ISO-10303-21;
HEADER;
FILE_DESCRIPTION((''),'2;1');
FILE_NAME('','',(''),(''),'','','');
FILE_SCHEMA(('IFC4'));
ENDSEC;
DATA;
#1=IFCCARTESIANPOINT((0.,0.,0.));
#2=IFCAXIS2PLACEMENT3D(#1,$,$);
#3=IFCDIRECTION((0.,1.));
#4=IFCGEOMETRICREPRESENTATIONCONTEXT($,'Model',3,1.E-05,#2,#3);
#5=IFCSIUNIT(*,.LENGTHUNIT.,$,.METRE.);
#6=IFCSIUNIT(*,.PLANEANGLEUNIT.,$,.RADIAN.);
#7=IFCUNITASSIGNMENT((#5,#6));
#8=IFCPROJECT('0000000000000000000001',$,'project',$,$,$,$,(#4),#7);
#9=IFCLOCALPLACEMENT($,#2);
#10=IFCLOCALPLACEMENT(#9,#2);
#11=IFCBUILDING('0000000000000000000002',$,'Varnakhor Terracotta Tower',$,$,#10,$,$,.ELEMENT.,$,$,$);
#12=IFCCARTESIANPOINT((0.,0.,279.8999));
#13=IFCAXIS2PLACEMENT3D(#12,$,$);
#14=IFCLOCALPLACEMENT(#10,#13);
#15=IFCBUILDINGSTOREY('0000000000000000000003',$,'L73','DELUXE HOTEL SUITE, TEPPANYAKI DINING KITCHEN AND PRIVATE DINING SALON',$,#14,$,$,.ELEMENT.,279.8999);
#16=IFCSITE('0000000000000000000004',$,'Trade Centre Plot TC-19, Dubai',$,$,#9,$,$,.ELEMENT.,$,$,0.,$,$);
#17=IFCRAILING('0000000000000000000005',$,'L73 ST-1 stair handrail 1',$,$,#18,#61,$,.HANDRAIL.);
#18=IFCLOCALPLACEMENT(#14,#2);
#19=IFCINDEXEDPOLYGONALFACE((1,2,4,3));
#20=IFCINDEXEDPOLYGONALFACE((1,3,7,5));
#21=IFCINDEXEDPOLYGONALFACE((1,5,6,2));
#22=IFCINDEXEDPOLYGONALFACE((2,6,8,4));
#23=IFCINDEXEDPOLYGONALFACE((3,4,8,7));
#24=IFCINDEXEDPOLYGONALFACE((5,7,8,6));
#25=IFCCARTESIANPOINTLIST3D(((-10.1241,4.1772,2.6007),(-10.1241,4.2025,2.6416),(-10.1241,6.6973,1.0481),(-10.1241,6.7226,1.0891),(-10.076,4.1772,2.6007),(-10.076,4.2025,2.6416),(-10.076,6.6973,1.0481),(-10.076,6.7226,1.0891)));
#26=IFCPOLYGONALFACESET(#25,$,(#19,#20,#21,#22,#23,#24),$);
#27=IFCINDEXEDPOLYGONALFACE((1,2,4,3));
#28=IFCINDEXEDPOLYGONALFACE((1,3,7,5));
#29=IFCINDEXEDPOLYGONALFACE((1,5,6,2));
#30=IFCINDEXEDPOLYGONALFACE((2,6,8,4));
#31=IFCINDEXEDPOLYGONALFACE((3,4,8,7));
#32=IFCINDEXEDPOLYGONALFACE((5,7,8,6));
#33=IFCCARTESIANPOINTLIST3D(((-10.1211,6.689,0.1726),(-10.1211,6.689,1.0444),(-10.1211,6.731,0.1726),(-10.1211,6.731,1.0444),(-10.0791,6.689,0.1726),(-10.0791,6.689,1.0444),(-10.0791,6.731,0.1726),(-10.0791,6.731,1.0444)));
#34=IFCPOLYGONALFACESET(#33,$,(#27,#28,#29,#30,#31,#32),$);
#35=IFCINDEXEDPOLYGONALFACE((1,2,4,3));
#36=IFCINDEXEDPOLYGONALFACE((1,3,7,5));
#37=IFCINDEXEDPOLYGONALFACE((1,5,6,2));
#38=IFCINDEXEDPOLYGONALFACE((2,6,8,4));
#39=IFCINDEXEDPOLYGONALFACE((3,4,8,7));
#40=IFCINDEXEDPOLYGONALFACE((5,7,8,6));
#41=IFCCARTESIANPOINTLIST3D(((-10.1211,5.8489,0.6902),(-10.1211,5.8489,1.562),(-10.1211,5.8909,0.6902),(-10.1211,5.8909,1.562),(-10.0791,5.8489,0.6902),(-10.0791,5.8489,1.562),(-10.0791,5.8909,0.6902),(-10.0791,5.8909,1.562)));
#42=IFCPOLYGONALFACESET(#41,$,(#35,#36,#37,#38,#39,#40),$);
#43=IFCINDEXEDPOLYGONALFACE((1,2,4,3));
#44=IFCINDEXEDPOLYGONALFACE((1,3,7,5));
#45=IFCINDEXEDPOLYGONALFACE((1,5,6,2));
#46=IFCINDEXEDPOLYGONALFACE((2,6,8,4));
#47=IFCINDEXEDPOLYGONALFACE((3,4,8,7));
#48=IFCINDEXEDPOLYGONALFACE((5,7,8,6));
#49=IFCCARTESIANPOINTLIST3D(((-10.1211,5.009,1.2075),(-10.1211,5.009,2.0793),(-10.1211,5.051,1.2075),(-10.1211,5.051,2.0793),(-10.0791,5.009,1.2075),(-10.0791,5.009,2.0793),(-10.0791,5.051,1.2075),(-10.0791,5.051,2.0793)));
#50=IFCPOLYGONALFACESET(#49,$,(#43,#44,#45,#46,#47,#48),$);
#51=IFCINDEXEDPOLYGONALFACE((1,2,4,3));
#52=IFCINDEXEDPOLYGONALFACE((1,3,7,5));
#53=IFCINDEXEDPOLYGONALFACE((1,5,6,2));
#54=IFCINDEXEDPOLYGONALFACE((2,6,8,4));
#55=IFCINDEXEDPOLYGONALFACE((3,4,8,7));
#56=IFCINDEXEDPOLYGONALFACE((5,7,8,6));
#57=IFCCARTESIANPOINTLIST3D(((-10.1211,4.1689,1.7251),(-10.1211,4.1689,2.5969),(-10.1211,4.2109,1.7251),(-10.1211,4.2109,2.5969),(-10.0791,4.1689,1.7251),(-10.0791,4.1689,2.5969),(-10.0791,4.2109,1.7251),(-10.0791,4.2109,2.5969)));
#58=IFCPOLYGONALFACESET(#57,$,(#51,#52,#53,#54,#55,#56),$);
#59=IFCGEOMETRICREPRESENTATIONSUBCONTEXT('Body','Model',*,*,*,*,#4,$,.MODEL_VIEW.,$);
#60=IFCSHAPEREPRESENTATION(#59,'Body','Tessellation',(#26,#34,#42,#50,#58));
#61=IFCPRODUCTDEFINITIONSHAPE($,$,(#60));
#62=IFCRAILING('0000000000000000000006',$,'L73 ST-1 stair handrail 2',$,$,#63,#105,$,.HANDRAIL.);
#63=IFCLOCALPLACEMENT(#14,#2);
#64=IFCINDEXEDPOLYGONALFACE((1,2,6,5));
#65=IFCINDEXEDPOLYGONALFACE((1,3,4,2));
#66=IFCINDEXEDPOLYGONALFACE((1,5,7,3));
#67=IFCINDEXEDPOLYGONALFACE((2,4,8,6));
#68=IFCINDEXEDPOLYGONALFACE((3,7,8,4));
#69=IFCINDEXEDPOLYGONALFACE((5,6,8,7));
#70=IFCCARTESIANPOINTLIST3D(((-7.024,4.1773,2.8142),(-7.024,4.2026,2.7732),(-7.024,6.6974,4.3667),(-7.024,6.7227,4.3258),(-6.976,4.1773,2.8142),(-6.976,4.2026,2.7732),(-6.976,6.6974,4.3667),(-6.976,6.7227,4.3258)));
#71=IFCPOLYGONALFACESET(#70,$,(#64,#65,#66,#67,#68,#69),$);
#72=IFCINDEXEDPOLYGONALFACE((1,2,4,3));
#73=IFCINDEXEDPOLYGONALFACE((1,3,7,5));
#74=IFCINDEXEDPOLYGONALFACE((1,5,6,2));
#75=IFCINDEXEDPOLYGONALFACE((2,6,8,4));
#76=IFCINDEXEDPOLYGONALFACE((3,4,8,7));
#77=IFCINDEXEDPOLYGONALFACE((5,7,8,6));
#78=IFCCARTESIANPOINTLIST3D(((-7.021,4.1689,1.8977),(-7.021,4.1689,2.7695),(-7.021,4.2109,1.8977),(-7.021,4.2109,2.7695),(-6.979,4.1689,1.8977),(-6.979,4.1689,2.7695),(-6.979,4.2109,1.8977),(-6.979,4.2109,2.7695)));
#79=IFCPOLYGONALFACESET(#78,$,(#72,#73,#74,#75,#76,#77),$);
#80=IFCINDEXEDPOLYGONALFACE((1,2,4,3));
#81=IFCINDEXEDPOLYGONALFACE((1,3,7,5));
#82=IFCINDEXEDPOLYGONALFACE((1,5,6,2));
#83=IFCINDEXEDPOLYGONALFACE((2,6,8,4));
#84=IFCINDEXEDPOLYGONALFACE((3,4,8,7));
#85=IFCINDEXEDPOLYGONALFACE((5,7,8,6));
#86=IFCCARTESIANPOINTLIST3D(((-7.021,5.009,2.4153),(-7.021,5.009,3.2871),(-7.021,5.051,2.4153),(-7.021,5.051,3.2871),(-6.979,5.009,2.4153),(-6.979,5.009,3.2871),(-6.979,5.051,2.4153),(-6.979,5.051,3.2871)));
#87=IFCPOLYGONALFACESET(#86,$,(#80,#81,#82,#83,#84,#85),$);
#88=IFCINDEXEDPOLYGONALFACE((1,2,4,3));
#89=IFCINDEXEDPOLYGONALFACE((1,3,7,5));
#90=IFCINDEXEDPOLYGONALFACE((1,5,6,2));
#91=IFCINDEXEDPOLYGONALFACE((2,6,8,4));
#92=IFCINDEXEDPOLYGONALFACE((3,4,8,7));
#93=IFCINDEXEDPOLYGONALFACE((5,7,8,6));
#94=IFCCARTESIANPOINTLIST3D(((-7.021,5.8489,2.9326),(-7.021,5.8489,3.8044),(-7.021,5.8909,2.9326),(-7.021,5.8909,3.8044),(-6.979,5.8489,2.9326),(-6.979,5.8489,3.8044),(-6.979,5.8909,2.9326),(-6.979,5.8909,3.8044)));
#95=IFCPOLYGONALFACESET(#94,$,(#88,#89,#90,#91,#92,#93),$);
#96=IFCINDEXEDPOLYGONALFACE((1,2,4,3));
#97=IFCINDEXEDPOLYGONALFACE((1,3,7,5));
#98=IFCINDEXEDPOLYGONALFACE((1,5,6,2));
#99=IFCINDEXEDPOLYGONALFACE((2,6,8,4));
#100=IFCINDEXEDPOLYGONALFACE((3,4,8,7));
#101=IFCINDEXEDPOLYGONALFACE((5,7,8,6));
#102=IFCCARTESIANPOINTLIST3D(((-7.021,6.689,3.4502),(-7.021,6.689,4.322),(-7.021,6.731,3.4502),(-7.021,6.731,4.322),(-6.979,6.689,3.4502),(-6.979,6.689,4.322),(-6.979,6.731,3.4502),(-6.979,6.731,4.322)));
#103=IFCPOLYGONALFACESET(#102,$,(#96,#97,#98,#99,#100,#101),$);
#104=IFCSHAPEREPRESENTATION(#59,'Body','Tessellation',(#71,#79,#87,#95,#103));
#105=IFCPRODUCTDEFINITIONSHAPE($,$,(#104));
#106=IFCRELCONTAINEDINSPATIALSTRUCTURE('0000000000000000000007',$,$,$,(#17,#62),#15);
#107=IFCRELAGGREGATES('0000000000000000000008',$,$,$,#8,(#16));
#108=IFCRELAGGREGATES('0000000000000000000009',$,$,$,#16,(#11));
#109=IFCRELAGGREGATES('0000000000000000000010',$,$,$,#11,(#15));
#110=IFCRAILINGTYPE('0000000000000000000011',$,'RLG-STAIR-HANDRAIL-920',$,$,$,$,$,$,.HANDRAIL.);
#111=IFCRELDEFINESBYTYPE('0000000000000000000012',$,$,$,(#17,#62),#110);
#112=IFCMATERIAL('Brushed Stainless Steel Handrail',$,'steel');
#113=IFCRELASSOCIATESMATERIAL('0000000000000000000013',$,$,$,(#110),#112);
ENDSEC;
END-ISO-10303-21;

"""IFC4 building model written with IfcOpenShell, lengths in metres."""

from ifc_helpers import new_model, si_unit, direction, frame, origin, origin_2d, place, context, subcontext, project, spatial, rectangle, extrude, material, type_object, element, save


model = new_model("IFC4")

# Units and contexts
model_context = context("Model", 3, precision=1e-05, world=origin(), true_north=direction((0.0, 1.0)))
body_context = subcontext(model_context, "Body", "Model", "MODEL_VIEW")
ifc_project = project(units=[si_unit("LENGTHUNIT", "METRE"), si_unit("PLANEANGLEUNIT", "RADIAN")], contexts=[model_context])

# Site, building, storey
site_placement = place(None, origin())
site = spatial("IfcSite", under=ifc_project, at=site_placement, Name="Trade Centre Plot TC-19, Dubai", CompositionType="ELEMENT", RefElevation=0.0)
building_placement = place(site_placement, origin())
building = spatial("IfcBuilding", under=site, at=building_placement, Name="Varnakhor Terracotta Tower", CompositionType="ELEMENT")
storey_placement = place(building_placement, frame((0.0, 0.0, 279.8999)))
storey = spatial("IfcBuildingStorey", under=building, at=storey_placement, Name="L73", Description="DELUXE HOTEL SUITE, TEPPANYAKI DINING KITCHEN AND PRIVATE DINING SALON", CompositionType="ELEMENT", Elevation=279.8999)

# Railings
ifc_material_1 = material(Name="Brushed Stainless Steel Handrail", Category="steel")
railing_type_1 = type_object("IfcRailingType", Name="RLG-STAIR-HANDRAIL-920", PredefinedType="HANDRAIL", material=ifc_material_1)
railing_1_placement = place(storey_placement, frame((-10.1001, 6.71, 0.1726)))
element("IfcRailing", 1, at=railing_1_placement, inside=storey, type_object=railing_type_1, Name="L73 ST-1 stair handrail 1", PredefinedType="HANDRAIL", context=body_context, shape_type="SweptSolid", body=[
    extrude(rectangle(XDim=0.0481, YDim=0.0481, at=origin_2d()), frame((0.0, 0.0, 0.896), z_axis=(0.0, -0.8514, 0.524516), x_axis=(1.0, 0.0, 0.0)), (0.0, 0.0, 1.0), 2.96),
    extrude(rectangle(XDim=0.042, YDim=0.042, at=origin_2d()), origin(), (0.0, 0.0, 1.0), 0.8718),
    extrude(rectangle(XDim=0.042, YDim=0.042, at=origin_2d()), frame((0.0, -0.8401, 0.5176)), (0.0, 0.0, 1.0), 0.8718),
    extrude(rectangle(XDim=0.042, YDim=0.042, at=origin_2d()), frame((0.0, -1.6799, 1.0349)), (0.0, 0.0, 1.0), 0.8718),
    extrude(rectangle(XDim=0.042, YDim=0.042, at=origin_2d()), frame((0.0, -2.52, 1.5525)), (0.0, 0.0, 1.0), 0.8718),
])
railing_2_placement = place(storey_placement, frame((-7.0, 4.1899, 1.8977)))
element("IfcRailing", 2, at=railing_2_placement, inside=storey, type_object=railing_type_1, Name="L73 ST-1 stair handrail 2", PredefinedType="HANDRAIL", context=body_context, shape_type="SweptSolid", body=[
    extrude(rectangle(XDim=0.0481, YDim=0.0481, at=origin_2d()), frame((0.0, 0.0, 0.896), z_axis=(0.0, 0.8514, 0.524516), x_axis=(-1.0, 0.0, 0.0)), (0.0, 0.0, 1.0), 2.96),
    extrude(rectangle(XDim=0.042, YDim=0.042, at=origin_2d()), origin(), (0.0, 0.0, 1.0), 0.8718),
    extrude(rectangle(XDim=0.042, YDim=0.042, at=origin_2d()), frame((0.0, 0.8401, 0.5176)), (0.0, 0.0, 1.0), 0.8718),
    extrude(rectangle(XDim=0.042, YDim=0.042, at=origin_2d()), frame((0.0, 1.6799, 1.0349)), (0.0, 0.0, 1.0), 0.8718),
    extrude(rectangle(XDim=0.042, YDim=0.042, at=origin_2d()), frame((0.0, 2.52, 1.5525)), (0.0, 0.0, 1.0), 0.8718),
])

save(model, "model.ifc")
